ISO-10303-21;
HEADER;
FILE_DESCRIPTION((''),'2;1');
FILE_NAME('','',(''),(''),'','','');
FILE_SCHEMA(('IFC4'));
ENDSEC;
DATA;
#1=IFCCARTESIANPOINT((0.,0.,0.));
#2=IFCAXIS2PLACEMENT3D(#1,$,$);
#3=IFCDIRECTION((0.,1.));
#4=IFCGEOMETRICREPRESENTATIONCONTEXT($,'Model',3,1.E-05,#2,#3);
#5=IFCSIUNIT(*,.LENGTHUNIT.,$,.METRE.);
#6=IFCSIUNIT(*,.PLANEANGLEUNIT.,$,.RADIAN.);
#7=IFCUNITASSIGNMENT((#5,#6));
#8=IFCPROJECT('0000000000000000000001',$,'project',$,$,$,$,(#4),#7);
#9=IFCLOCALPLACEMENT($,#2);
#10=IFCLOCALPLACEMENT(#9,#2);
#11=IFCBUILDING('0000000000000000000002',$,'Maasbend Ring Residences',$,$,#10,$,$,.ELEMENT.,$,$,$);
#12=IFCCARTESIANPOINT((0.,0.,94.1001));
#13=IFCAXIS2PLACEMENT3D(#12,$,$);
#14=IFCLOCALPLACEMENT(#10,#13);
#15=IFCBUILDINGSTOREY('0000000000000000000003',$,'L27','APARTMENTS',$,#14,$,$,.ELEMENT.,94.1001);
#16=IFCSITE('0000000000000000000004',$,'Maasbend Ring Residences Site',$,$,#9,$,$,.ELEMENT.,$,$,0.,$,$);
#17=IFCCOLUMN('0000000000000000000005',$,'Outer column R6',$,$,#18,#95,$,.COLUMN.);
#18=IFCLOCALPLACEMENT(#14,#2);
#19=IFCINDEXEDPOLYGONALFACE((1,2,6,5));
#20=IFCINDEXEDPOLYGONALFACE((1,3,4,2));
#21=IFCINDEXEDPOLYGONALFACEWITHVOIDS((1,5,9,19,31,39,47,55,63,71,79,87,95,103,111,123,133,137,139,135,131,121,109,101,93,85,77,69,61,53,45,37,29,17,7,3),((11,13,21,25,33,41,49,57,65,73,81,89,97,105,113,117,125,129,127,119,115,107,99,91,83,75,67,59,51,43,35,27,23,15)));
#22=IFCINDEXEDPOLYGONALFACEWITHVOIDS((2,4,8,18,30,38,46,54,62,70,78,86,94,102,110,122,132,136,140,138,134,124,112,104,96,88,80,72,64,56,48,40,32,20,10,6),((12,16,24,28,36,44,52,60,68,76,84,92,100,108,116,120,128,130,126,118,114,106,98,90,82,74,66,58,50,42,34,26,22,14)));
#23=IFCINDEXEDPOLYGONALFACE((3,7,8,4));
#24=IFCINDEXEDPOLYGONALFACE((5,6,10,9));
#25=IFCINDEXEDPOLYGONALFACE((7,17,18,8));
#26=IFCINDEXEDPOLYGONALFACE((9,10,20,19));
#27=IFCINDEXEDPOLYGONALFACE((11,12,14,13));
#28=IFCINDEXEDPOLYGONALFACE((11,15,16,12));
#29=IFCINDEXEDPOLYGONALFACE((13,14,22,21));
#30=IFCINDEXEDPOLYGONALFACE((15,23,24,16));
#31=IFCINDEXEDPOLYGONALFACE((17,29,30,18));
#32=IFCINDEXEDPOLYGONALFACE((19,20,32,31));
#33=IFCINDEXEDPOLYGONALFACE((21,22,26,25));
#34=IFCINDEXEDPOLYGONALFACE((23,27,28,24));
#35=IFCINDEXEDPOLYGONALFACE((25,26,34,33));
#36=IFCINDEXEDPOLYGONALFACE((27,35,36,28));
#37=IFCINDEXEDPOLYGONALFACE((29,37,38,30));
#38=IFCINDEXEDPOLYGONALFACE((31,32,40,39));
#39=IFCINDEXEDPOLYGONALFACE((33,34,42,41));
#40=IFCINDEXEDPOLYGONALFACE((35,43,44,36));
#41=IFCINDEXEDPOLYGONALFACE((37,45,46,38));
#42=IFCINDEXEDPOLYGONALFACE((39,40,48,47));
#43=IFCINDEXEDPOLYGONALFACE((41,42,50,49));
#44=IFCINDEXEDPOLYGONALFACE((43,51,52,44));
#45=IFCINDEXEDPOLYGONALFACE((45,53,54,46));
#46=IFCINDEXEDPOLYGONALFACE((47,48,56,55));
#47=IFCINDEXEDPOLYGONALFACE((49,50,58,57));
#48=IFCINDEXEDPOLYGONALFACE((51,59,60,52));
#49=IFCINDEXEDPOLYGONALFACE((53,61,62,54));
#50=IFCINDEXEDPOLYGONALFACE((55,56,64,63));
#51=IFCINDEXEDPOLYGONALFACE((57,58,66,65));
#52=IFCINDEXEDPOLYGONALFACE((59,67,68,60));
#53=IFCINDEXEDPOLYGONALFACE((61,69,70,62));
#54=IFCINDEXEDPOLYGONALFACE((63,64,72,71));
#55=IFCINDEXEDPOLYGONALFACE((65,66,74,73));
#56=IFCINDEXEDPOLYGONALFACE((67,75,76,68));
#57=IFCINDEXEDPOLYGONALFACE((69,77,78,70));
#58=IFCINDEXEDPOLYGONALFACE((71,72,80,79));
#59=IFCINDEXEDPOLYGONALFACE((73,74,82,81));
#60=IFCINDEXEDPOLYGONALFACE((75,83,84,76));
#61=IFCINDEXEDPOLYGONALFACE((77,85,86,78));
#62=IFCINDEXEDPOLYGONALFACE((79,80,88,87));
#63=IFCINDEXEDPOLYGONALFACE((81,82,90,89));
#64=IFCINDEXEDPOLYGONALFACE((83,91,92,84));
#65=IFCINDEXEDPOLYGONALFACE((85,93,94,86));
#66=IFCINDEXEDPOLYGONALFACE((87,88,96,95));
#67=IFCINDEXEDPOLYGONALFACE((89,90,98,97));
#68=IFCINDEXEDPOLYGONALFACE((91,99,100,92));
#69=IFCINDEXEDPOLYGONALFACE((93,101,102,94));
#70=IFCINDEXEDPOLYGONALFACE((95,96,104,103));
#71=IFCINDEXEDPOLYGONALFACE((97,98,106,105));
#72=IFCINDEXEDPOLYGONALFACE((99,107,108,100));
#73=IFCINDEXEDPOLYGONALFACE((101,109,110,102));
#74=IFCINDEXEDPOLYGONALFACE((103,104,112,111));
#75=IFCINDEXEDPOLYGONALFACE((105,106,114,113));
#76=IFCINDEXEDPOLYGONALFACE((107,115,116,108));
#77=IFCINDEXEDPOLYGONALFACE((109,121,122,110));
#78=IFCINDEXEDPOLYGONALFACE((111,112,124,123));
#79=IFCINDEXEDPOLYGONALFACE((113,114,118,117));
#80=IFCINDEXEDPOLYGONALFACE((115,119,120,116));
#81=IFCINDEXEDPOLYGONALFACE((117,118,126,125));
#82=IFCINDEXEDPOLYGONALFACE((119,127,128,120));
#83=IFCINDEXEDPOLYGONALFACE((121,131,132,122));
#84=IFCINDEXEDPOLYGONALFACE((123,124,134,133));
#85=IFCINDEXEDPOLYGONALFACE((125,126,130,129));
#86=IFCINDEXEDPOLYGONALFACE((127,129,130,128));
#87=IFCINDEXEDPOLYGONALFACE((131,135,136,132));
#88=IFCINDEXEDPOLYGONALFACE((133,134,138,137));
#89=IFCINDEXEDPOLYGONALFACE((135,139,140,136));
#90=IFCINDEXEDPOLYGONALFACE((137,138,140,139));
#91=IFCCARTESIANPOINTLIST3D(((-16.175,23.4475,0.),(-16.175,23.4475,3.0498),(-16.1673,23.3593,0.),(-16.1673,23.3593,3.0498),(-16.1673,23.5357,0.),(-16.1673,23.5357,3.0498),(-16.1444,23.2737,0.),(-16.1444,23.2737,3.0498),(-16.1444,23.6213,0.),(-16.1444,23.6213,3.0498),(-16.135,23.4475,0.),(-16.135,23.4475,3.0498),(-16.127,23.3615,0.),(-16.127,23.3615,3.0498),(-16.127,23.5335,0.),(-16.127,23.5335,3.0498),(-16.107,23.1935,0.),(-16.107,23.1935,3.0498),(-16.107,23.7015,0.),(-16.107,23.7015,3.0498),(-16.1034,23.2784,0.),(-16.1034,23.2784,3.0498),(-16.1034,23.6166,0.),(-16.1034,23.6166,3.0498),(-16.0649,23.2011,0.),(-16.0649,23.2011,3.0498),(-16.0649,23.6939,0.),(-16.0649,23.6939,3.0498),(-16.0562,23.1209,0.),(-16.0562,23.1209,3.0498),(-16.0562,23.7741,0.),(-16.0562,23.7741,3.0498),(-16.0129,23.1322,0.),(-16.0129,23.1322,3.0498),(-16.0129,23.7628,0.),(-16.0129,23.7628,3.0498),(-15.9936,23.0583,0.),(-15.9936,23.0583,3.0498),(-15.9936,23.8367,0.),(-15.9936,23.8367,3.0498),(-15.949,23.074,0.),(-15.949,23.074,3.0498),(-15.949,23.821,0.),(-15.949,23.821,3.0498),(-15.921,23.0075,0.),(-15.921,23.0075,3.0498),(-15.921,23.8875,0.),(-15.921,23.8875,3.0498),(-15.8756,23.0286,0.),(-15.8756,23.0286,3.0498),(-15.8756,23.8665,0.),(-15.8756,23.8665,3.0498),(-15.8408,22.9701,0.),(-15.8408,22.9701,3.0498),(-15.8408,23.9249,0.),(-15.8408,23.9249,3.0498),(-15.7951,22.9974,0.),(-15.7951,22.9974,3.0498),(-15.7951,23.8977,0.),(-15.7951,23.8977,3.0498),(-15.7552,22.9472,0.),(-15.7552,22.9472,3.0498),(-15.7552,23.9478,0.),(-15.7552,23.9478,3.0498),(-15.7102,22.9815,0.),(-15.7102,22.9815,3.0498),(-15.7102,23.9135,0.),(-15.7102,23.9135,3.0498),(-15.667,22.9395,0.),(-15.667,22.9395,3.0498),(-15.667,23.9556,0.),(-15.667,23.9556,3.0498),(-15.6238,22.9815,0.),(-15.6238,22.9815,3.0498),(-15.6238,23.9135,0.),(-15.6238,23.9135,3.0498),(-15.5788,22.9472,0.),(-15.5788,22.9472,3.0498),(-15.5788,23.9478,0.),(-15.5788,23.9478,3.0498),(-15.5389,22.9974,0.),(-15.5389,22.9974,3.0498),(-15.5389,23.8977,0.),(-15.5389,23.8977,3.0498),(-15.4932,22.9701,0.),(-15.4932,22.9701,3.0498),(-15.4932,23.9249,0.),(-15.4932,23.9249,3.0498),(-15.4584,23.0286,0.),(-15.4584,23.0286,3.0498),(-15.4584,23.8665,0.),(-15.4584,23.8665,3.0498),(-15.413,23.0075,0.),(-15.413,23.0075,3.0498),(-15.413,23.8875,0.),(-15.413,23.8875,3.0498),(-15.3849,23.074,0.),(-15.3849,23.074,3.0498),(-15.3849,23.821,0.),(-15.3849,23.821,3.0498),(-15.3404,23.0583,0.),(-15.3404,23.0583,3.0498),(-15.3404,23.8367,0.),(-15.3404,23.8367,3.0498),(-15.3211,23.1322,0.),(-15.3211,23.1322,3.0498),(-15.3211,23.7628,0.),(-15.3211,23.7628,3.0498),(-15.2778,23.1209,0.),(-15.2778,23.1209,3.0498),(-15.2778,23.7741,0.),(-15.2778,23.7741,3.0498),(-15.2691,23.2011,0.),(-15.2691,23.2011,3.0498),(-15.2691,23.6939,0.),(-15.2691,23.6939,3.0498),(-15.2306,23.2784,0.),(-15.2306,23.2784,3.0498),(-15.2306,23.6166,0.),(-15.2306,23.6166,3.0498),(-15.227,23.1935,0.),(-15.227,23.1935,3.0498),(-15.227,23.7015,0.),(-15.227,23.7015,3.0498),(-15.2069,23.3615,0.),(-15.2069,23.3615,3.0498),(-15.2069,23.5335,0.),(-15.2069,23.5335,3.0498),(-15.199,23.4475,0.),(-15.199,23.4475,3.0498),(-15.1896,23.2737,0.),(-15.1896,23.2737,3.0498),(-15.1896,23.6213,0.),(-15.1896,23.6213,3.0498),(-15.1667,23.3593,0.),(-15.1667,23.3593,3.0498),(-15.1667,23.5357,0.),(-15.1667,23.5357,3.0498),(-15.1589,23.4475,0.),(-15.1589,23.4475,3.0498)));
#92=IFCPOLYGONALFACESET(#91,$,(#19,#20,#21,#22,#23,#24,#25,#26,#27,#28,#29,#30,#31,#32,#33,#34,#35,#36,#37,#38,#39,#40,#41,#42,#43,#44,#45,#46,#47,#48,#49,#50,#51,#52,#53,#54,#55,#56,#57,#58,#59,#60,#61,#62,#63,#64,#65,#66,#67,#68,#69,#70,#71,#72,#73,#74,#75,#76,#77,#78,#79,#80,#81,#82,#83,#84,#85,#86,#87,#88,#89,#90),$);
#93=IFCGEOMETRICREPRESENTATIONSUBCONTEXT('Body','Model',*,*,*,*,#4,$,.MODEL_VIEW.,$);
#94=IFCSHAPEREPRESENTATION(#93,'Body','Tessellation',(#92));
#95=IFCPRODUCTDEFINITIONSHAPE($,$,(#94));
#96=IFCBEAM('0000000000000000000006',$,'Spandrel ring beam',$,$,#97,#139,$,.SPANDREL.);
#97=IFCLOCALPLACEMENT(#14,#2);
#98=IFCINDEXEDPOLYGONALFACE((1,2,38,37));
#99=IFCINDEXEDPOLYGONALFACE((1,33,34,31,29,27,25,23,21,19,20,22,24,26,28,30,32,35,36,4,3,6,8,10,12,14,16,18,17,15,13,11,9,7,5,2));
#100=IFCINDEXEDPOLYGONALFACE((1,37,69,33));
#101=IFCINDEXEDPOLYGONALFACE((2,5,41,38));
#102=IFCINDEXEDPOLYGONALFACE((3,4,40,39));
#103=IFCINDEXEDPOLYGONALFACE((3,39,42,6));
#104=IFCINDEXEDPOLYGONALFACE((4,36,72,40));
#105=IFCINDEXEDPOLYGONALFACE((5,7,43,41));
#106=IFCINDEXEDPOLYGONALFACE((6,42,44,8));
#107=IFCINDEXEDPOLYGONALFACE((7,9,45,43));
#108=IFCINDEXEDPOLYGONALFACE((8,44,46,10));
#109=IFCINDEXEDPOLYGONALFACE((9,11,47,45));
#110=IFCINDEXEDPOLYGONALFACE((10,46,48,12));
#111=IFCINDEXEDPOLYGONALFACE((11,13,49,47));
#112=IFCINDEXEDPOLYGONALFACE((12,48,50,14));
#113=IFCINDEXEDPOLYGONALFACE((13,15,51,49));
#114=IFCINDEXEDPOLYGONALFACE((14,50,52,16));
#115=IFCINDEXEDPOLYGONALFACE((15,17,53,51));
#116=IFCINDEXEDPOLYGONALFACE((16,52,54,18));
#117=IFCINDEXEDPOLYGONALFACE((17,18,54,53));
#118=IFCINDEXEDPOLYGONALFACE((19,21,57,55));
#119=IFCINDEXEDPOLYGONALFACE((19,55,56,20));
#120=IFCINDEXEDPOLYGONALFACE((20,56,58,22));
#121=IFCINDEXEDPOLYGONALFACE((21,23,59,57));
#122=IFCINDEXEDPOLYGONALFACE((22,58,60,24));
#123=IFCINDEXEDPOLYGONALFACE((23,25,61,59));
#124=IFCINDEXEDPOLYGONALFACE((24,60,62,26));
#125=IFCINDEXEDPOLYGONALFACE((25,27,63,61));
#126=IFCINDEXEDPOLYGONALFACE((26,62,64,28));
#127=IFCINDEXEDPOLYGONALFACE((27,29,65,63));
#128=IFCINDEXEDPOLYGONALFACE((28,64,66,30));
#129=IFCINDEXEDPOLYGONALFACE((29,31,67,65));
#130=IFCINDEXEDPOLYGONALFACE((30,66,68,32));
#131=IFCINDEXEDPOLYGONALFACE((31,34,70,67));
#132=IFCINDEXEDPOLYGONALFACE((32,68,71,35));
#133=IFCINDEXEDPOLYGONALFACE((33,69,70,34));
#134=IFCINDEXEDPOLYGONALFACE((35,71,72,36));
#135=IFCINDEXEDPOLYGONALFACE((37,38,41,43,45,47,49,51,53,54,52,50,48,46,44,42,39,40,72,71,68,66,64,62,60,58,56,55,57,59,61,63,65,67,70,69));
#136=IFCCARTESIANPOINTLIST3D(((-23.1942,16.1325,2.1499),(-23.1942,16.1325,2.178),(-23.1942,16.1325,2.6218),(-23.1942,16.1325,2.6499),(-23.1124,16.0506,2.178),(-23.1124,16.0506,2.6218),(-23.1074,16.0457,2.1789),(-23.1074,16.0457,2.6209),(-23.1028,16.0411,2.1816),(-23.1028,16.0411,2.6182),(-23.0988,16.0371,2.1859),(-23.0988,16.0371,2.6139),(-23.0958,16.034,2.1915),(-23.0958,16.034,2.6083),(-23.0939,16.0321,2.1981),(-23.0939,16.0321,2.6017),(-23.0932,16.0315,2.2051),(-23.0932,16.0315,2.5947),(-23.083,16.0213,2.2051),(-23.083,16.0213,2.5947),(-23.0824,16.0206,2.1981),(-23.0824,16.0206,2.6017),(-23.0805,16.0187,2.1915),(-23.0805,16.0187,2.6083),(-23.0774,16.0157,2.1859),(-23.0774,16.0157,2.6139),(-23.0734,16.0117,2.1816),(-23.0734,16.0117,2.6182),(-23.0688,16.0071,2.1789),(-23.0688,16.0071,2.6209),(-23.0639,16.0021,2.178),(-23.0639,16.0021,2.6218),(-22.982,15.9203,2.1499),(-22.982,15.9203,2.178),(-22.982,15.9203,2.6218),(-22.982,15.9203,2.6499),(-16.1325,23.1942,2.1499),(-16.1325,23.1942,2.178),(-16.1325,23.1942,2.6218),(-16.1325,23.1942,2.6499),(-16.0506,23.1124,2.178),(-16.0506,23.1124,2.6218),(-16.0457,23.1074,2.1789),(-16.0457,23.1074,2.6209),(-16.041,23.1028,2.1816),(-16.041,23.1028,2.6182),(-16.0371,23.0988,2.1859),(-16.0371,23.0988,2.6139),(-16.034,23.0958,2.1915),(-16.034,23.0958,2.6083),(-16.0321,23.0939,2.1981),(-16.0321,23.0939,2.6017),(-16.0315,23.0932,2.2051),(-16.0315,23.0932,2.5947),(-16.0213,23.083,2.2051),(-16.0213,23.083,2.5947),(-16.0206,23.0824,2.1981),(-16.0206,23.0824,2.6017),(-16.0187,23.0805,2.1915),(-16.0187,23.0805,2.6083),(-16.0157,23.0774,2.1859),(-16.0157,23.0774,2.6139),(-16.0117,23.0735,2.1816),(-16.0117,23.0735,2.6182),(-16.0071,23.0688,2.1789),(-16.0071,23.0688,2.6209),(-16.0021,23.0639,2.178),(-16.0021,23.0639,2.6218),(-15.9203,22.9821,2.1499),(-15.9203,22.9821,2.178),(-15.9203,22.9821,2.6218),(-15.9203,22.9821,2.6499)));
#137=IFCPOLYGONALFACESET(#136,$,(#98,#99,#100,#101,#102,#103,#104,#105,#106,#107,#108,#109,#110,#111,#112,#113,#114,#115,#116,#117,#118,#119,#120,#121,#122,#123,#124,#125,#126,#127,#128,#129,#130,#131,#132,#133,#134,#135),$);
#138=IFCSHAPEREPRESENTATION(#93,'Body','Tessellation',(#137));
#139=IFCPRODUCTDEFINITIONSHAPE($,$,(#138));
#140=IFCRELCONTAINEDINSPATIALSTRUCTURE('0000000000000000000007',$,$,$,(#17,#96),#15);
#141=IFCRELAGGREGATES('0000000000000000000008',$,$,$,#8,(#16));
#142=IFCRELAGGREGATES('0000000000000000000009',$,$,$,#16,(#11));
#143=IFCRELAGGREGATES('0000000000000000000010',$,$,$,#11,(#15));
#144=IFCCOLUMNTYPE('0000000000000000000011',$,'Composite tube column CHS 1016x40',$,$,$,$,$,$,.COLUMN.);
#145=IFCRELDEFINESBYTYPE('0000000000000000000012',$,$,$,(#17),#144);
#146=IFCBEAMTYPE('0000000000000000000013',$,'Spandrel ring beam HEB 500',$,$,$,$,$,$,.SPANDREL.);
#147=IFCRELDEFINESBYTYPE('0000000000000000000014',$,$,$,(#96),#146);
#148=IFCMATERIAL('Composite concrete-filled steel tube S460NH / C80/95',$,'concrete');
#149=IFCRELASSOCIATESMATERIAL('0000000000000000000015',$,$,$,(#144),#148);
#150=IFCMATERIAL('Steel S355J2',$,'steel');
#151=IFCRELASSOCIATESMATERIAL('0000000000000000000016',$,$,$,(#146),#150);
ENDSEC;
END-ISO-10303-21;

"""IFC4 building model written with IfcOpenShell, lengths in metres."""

from ifc_helpers import new_model, si_unit, direction, frame, origin, origin_2d, place, context, subcontext, project, spatial, hollow_circle, i_section, extrude, material, material_profile, profile_set, type_object, element, save


model = new_model("IFC4")

# Units and contexts
model_context = context("Model", 3, precision=1e-05, world=origin(), true_north=direction((0.0, 1.0)))
body_context = subcontext(model_context, "Body", "Model", "MODEL_VIEW")
ifc_project = project(units=[si_unit("LENGTHUNIT", "METRE"), si_unit("PLANEANGLEUNIT", "RADIAN")], contexts=[model_context])

# Site, building, storey
site_placement = place(None, origin())
site = spatial("IfcSite", under=ifc_project, at=site_placement, Name="Maasbend Ring Residences Site", CompositionType="ELEMENT", RefElevation=0.0)
building_placement = place(site_placement, origin())
building = spatial("IfcBuilding", under=site, at=building_placement, Name="Maasbend Ring Residences", CompositionType="ELEMENT")
storey_placement = place(building_placement, frame((0.0, 0.0, 94.1001)))
storey = spatial("IfcBuildingStorey", under=building, at=storey_placement, Name="L27", Description="APARTMENTS", CompositionType="ELEMENT", Elevation=94.1001)

# Column
ifc_material_1 = material(Name="Composite concrete-filled steel tube S460NH / C80/95", Category="concrete")
ifc_material_profile_1 = material_profile(ifc_material_1, hollow_circle(Radius=0.5081, WallThickness=0.04, at=origin_2d()), Name="Composite tube column CHS 1016x40")
ifc_profile_set_1 = profile_set([ifc_material_profile_1], Name="Composite concrete-filled steel tube S460NH / C80/95")
column_type = type_object("IfcColumnType", Name="Composite tube column CHS 1016x40", PredefinedType="COLUMN", material=ifc_profile_set_1)
column_placement = place(storey_placement, frame((-15.667, 23.4475, 0.0), z_axis=(0.0, 0.0, 1.0), x_axis=(1.0, 0.0, 0.0)))
element("IfcColumn", 1, at=column_placement, inside=storey, type_object=column_type, Name="Outer column R6", PredefinedType="COLUMN", context=body_context, shape_type="SweptSolid", body=[
    extrude(hollow_circle(Radius=0.5081, WallThickness=0.04, at=origin_2d()), origin(), (0.0, 0.0, 1.0), 3.0498),
])

# Beam
ifc_material_2 = material(Name="Steel S355J2", Category="steel")
ifc_material_profile_2 = material_profile(ifc_material_2, i_section(OverallWidth=0.3, OverallDepth=0.5, WebThickness=0.0144, FlangeThickness=0.0281, FilletRadius=0.0271, at=origin_2d()), Name="HEB 500")
ifc_profile_set_2 = profile_set([ifc_material_profile_2], Name="Steel S355J2")
beam_type = type_object("IfcBeamType", Name="Spandrel ring beam HEB 500", PredefinedType="SPANDREL", material=ifc_profile_set_2)
beam_placement = place(storey_placement, frame((-16.0264, 23.0881, 2.3999), z_axis=(-0.707107, -0.707107, 0.0), x_axis=(0.707107, -0.707107, 0.0)))
element("IfcBeam", 2, at=beam_placement, inside=storey, type_object=beam_type, Name="Spandrel ring beam", PredefinedType="SPANDREL", context=body_context, shape_type="SweptSolid", body=[
    extrude(i_section(OverallWidth=0.3, OverallDepth=0.5, WebThickness=0.0144, FlangeThickness=0.0281, FilletRadius=0.0271, at=origin_2d()), origin(), (0.0, 0.0, 1.0), 9.9868),
])

save(model, "model.ifc")
